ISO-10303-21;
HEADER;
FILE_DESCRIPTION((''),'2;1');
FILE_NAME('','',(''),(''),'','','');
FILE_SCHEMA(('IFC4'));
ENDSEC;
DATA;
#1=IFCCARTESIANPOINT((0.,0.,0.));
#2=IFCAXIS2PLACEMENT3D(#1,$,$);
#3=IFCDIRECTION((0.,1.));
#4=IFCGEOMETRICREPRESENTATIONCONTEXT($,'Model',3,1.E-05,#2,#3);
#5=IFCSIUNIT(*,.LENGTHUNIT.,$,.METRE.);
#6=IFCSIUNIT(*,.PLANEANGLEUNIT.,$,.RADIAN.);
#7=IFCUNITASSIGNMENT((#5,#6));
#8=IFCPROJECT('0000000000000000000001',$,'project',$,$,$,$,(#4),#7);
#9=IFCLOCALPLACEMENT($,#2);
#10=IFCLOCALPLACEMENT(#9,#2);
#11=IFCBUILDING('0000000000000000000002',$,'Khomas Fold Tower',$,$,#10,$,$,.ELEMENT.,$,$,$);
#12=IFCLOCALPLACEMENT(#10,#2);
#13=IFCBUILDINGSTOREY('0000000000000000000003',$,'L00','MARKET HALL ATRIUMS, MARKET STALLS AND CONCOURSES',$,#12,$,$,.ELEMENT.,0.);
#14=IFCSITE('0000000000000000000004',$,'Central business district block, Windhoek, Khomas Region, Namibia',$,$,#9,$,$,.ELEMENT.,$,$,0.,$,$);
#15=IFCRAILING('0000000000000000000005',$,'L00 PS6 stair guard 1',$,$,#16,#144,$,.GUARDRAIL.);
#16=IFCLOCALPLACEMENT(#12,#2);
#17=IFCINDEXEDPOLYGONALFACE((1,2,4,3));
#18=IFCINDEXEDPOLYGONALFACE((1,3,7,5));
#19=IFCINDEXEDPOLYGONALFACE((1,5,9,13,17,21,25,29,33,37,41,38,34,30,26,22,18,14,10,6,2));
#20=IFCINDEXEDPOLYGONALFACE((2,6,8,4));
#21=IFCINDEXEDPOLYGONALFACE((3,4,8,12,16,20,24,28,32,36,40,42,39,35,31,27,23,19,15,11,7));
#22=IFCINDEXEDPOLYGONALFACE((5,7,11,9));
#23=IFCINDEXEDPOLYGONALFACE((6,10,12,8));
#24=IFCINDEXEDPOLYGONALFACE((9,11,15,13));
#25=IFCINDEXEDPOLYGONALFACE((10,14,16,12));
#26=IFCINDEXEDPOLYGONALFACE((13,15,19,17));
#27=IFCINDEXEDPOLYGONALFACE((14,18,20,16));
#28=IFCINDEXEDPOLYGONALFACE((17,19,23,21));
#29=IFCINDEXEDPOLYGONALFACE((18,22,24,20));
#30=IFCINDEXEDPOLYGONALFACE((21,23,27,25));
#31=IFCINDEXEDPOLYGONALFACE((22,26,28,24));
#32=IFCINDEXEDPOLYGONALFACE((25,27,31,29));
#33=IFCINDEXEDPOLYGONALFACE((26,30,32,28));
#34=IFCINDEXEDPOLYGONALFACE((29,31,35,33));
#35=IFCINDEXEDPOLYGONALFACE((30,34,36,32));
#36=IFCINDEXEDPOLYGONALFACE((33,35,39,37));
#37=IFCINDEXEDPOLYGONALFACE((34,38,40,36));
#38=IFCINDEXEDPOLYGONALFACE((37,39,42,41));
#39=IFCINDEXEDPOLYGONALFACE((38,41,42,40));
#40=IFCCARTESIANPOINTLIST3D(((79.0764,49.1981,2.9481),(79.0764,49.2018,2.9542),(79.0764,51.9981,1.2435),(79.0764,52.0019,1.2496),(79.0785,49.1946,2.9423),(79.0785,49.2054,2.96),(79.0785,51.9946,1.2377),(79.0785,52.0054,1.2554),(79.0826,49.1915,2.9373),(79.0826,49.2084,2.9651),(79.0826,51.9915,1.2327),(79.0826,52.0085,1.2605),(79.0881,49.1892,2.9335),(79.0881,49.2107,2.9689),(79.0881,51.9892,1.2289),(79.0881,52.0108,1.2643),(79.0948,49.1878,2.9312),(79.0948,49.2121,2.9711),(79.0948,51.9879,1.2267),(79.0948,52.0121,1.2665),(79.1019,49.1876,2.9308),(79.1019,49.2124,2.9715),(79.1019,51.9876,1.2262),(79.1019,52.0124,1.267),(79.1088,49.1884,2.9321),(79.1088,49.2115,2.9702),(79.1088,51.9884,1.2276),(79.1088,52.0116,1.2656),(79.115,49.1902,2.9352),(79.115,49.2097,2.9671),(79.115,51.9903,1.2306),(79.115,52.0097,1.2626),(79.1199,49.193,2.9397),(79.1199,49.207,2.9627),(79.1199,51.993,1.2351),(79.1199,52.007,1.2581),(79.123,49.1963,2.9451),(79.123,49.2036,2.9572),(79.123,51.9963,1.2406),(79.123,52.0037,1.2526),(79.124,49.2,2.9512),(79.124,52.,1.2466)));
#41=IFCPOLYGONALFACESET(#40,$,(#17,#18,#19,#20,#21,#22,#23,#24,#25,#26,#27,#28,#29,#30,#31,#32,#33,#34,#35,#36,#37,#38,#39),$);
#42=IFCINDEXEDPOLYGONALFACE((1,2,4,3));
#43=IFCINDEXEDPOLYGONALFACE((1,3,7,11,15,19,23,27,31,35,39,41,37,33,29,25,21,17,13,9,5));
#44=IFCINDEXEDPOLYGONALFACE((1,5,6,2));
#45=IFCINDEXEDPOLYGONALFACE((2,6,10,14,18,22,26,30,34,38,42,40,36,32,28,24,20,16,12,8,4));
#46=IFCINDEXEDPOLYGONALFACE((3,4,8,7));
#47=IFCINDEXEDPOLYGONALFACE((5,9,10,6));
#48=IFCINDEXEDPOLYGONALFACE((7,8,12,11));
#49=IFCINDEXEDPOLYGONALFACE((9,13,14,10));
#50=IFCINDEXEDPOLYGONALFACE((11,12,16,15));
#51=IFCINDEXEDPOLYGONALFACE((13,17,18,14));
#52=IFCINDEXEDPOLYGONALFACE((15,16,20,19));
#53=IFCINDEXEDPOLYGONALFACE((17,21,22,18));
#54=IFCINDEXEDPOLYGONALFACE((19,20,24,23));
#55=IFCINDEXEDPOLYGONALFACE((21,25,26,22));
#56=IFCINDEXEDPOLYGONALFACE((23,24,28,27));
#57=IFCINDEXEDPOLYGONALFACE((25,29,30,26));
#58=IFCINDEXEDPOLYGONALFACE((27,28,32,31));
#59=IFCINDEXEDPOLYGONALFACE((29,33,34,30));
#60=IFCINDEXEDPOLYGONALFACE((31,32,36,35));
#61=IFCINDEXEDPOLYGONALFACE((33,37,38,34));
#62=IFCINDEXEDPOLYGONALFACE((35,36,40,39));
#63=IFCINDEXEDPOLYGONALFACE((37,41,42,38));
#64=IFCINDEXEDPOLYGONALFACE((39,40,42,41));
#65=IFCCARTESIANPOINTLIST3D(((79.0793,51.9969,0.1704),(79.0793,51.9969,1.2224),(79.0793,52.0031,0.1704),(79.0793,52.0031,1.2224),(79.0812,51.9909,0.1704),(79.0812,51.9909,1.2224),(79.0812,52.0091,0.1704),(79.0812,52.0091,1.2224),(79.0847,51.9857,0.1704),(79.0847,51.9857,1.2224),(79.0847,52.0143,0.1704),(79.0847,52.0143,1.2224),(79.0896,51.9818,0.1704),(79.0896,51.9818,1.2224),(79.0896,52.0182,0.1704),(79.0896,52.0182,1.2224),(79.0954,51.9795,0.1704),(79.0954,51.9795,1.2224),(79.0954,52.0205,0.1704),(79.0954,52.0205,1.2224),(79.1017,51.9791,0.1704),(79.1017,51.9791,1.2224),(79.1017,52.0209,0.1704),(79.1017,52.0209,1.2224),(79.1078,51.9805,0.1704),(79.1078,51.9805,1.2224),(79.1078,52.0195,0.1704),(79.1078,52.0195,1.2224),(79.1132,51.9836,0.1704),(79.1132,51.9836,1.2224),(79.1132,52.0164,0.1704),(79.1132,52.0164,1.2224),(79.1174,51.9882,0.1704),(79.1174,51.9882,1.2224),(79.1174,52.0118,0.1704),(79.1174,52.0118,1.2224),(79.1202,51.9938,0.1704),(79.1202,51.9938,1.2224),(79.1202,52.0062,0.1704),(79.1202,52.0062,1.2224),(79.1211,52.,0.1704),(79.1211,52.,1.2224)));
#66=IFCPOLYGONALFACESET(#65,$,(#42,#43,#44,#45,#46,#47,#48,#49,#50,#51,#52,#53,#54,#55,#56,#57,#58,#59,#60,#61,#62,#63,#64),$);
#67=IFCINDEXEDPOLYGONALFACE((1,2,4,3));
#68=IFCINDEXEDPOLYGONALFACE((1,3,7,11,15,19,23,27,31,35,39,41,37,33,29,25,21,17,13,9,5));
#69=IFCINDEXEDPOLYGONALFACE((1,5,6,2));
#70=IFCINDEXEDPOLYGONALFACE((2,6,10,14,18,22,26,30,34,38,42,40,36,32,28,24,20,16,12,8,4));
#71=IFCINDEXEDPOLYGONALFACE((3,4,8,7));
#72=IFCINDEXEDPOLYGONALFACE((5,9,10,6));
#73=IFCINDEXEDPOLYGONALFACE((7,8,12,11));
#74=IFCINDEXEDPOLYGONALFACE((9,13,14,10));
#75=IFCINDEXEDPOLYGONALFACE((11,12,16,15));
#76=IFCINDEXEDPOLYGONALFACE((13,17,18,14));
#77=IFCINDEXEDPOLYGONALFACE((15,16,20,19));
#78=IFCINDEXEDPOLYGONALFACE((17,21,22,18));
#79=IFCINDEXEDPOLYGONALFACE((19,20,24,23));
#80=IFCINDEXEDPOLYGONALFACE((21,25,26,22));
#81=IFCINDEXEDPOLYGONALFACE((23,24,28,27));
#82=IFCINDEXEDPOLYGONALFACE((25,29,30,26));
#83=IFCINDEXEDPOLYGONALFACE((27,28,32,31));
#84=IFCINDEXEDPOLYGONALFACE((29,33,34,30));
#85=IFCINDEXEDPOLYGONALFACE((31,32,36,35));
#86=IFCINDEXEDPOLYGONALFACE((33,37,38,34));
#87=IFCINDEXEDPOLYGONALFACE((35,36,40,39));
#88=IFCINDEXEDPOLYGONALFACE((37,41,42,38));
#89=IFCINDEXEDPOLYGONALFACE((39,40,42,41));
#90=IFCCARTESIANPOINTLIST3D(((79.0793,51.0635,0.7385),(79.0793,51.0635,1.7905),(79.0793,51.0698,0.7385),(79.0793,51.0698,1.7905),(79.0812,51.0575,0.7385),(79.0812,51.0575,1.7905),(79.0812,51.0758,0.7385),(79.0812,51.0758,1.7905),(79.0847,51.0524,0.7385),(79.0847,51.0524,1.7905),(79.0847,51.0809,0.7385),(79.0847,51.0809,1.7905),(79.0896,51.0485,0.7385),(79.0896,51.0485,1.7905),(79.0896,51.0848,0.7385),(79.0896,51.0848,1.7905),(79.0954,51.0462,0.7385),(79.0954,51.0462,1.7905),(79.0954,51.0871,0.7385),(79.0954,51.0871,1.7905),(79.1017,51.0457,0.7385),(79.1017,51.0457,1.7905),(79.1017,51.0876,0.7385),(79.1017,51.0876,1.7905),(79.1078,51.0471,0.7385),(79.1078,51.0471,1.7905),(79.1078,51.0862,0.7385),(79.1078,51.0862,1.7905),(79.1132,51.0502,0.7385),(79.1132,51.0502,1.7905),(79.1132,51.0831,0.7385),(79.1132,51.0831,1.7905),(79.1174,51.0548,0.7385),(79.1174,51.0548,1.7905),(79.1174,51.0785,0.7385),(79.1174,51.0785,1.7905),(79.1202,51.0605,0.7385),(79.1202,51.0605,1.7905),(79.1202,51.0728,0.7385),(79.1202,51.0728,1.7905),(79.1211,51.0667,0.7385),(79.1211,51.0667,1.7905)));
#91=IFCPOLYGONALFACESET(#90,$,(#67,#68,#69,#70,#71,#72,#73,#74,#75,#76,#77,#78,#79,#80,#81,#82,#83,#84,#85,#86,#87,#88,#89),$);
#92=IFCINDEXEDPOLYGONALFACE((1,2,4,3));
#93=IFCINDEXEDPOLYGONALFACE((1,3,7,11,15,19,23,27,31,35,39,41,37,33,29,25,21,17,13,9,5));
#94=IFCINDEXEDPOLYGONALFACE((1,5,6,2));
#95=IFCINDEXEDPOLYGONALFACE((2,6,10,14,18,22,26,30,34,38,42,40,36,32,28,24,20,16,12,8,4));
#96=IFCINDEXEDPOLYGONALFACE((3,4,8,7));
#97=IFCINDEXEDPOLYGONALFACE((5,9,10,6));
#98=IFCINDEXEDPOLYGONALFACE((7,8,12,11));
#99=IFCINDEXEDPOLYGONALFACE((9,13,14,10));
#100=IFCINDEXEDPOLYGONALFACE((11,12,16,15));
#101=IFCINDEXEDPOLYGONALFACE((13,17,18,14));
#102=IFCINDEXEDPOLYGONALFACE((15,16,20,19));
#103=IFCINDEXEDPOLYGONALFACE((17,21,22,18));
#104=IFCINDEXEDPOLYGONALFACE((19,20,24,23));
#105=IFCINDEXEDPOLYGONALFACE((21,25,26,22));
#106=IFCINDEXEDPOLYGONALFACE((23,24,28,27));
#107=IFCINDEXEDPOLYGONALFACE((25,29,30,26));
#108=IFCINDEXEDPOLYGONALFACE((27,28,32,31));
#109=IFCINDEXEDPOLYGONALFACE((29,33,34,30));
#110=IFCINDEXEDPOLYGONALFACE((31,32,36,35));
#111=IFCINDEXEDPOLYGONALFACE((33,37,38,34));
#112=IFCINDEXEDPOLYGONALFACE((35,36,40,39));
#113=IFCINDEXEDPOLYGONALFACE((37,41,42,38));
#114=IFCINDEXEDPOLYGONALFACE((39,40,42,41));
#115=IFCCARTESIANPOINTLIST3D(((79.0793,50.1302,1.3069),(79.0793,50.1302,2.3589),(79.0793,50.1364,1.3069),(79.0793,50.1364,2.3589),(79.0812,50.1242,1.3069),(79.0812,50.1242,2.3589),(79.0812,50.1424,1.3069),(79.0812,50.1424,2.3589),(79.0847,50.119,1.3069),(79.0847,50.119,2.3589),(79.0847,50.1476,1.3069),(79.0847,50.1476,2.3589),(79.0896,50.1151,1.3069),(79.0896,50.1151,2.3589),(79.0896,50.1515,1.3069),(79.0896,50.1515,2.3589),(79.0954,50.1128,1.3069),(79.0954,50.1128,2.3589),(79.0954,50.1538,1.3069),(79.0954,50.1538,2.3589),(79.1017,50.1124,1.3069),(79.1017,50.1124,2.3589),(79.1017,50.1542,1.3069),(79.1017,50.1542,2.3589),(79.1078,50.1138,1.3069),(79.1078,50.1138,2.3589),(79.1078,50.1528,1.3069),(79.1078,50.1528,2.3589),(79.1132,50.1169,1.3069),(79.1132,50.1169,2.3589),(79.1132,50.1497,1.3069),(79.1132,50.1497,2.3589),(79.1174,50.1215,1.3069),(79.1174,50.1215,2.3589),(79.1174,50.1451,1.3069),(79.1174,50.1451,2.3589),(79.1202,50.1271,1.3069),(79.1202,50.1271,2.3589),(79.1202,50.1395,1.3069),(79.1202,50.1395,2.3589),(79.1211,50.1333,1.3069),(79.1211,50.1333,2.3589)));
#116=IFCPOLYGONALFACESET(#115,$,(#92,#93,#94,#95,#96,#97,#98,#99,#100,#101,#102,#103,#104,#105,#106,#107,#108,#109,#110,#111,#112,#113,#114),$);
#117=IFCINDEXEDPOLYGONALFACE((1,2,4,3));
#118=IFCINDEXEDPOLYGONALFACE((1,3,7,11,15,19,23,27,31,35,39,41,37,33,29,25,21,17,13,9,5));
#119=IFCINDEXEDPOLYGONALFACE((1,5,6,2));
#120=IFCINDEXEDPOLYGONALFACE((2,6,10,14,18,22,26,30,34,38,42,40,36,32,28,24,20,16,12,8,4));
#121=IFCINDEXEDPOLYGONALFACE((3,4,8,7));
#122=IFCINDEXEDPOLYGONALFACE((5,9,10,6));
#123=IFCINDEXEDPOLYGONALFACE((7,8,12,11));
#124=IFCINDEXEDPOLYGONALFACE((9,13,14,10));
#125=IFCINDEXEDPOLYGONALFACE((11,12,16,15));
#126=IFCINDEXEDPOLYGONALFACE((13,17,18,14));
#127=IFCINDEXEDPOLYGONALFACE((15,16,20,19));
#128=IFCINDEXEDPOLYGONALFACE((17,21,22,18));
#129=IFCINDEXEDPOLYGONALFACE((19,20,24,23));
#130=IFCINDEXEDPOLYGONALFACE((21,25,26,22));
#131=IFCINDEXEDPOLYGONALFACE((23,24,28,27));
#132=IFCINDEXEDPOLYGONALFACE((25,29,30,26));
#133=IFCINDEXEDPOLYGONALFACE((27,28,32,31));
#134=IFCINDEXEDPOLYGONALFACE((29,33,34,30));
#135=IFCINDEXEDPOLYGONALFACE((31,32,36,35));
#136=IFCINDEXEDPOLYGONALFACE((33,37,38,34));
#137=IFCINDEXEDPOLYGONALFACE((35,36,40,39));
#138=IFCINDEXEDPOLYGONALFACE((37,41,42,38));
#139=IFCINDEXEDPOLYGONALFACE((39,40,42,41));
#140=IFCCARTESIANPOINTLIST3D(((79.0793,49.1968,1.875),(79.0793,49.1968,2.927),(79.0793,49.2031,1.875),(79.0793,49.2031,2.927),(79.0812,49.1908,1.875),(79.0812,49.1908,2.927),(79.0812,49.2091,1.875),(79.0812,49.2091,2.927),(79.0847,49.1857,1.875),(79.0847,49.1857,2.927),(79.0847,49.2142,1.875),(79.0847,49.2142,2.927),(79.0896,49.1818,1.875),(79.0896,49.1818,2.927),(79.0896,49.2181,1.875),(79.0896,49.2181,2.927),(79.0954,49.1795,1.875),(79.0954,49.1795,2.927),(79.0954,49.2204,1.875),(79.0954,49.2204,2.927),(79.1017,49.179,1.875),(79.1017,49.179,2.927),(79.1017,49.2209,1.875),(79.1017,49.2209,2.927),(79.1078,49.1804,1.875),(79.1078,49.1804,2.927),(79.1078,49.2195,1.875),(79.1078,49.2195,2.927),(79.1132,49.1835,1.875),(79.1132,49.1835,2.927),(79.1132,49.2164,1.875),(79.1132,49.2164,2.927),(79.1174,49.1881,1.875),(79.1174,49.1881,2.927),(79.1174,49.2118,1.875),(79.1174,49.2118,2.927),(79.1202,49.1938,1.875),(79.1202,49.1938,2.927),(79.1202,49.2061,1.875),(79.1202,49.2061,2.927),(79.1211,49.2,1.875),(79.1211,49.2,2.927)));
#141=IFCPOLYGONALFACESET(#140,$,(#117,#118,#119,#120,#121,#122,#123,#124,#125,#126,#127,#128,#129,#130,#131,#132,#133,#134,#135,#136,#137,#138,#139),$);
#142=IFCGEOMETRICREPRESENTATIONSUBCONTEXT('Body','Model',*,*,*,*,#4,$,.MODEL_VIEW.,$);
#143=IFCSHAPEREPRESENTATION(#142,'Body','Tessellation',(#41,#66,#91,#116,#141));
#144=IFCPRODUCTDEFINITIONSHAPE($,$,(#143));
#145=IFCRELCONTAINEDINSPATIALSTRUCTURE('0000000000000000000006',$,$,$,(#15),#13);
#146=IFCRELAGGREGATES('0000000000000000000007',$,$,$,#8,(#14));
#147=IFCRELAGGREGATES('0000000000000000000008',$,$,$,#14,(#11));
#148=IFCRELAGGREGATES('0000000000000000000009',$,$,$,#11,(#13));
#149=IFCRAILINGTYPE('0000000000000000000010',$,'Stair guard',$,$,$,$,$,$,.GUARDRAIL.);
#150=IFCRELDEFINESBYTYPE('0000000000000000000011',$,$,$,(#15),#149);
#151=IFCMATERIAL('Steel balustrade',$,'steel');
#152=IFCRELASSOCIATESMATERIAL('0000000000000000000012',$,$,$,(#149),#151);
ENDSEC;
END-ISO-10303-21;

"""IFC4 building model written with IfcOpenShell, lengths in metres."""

from ifc_helpers import new_model, si_unit, direction, frame, origin, origin_2d, place, context, subcontext, project, spatial, circle, extrude, source, transform, mapped, material, type_object, element, save


model = new_model("IFC4")

# Units and contexts
model_context = context("Model", 3, precision=1e-05, world=origin(), true_north=direction((0.0, 1.0)))
body_context = subcontext(model_context, "Body", "Model", "MODEL_VIEW")
ifc_project = project(units=[si_unit("LENGTHUNIT", "METRE"), si_unit("PLANEANGLEUNIT", "RADIAN")], contexts=[model_context])

# Site, building, storey
site_placement = place(None, origin())
site = spatial("IfcSite", under=ifc_project, at=site_placement, Name="Central business district block, Windhoek, Khomas Region, Namibia", CompositionType="ELEMENT", RefElevation=0.0)
building_placement = place(site_placement, origin())
building = spatial("IfcBuilding", under=site, at=building_placement, Name="Khomas Fold Tower", CompositionType="ELEMENT")
storey_placement = place(building_placement, origin())
storey = spatial("IfcBuildingStorey", under=building, at=storey_placement, Name="L00", Description="MARKET HALL ATRIUMS, MARKET STALLS AND CONCOURSES", CompositionType="ELEMENT", Elevation=0.0)

# Railing
ifc_material_1 = material(Name="Steel balustrade", Category="steel")
railing_type_1 = type_object("IfcRailingType", Name="Stair guard", PredefinedType="GUARDRAIL", material=ifc_material_1)
shared_shape_1 = source(origin(), body_context, "Body", "SweptSolid", [
    extrude(circle(Radius=0.0239, at=origin_2d()), frame((0.0, 0.0, 1.0762), z_axis=(0.0, -0.85417, 0.519994), x_axis=(1.0, 0.0, 0.0)), (0.0, 0.0, 1.0), 3.2781),
    extrude(circle(Radius=0.021, at=origin_2d()), origin(), (0.0, 0.0, 1.0), 1.052),
    extrude(circle(Radius=0.021, at=origin_2d()), frame((0.0, -0.9333, 0.5681)), (0.0, 0.0, 1.0), 1.052),
    extrude(circle(Radius=0.021, at=origin_2d()), frame((0.0, -1.8667, 1.1365)), (0.0, 0.0, 1.0), 1.052),
    extrude(circle(Radius=0.021, at=origin_2d()), frame((0.0, -2.8, 1.7046)), (0.0, 0.0, 1.0), 1.052),
])
for number, where, name in (
    (1, (79.1001, 52.0, 0.1704), "L00 PS6 stair guard 1"),
):
    element("IfcRailing", number, at=place(storey_placement, frame(where)), inside=storey, type_object=railing_type_1, Name=name, PredefinedType="GUARDRAIL", context=body_context, shape_type="MappedRepresentation", body=[
        mapped(shared_shape_1, transform((0.0, 0.0, 0.0))),
    ])

save(model, "model.ifc")
